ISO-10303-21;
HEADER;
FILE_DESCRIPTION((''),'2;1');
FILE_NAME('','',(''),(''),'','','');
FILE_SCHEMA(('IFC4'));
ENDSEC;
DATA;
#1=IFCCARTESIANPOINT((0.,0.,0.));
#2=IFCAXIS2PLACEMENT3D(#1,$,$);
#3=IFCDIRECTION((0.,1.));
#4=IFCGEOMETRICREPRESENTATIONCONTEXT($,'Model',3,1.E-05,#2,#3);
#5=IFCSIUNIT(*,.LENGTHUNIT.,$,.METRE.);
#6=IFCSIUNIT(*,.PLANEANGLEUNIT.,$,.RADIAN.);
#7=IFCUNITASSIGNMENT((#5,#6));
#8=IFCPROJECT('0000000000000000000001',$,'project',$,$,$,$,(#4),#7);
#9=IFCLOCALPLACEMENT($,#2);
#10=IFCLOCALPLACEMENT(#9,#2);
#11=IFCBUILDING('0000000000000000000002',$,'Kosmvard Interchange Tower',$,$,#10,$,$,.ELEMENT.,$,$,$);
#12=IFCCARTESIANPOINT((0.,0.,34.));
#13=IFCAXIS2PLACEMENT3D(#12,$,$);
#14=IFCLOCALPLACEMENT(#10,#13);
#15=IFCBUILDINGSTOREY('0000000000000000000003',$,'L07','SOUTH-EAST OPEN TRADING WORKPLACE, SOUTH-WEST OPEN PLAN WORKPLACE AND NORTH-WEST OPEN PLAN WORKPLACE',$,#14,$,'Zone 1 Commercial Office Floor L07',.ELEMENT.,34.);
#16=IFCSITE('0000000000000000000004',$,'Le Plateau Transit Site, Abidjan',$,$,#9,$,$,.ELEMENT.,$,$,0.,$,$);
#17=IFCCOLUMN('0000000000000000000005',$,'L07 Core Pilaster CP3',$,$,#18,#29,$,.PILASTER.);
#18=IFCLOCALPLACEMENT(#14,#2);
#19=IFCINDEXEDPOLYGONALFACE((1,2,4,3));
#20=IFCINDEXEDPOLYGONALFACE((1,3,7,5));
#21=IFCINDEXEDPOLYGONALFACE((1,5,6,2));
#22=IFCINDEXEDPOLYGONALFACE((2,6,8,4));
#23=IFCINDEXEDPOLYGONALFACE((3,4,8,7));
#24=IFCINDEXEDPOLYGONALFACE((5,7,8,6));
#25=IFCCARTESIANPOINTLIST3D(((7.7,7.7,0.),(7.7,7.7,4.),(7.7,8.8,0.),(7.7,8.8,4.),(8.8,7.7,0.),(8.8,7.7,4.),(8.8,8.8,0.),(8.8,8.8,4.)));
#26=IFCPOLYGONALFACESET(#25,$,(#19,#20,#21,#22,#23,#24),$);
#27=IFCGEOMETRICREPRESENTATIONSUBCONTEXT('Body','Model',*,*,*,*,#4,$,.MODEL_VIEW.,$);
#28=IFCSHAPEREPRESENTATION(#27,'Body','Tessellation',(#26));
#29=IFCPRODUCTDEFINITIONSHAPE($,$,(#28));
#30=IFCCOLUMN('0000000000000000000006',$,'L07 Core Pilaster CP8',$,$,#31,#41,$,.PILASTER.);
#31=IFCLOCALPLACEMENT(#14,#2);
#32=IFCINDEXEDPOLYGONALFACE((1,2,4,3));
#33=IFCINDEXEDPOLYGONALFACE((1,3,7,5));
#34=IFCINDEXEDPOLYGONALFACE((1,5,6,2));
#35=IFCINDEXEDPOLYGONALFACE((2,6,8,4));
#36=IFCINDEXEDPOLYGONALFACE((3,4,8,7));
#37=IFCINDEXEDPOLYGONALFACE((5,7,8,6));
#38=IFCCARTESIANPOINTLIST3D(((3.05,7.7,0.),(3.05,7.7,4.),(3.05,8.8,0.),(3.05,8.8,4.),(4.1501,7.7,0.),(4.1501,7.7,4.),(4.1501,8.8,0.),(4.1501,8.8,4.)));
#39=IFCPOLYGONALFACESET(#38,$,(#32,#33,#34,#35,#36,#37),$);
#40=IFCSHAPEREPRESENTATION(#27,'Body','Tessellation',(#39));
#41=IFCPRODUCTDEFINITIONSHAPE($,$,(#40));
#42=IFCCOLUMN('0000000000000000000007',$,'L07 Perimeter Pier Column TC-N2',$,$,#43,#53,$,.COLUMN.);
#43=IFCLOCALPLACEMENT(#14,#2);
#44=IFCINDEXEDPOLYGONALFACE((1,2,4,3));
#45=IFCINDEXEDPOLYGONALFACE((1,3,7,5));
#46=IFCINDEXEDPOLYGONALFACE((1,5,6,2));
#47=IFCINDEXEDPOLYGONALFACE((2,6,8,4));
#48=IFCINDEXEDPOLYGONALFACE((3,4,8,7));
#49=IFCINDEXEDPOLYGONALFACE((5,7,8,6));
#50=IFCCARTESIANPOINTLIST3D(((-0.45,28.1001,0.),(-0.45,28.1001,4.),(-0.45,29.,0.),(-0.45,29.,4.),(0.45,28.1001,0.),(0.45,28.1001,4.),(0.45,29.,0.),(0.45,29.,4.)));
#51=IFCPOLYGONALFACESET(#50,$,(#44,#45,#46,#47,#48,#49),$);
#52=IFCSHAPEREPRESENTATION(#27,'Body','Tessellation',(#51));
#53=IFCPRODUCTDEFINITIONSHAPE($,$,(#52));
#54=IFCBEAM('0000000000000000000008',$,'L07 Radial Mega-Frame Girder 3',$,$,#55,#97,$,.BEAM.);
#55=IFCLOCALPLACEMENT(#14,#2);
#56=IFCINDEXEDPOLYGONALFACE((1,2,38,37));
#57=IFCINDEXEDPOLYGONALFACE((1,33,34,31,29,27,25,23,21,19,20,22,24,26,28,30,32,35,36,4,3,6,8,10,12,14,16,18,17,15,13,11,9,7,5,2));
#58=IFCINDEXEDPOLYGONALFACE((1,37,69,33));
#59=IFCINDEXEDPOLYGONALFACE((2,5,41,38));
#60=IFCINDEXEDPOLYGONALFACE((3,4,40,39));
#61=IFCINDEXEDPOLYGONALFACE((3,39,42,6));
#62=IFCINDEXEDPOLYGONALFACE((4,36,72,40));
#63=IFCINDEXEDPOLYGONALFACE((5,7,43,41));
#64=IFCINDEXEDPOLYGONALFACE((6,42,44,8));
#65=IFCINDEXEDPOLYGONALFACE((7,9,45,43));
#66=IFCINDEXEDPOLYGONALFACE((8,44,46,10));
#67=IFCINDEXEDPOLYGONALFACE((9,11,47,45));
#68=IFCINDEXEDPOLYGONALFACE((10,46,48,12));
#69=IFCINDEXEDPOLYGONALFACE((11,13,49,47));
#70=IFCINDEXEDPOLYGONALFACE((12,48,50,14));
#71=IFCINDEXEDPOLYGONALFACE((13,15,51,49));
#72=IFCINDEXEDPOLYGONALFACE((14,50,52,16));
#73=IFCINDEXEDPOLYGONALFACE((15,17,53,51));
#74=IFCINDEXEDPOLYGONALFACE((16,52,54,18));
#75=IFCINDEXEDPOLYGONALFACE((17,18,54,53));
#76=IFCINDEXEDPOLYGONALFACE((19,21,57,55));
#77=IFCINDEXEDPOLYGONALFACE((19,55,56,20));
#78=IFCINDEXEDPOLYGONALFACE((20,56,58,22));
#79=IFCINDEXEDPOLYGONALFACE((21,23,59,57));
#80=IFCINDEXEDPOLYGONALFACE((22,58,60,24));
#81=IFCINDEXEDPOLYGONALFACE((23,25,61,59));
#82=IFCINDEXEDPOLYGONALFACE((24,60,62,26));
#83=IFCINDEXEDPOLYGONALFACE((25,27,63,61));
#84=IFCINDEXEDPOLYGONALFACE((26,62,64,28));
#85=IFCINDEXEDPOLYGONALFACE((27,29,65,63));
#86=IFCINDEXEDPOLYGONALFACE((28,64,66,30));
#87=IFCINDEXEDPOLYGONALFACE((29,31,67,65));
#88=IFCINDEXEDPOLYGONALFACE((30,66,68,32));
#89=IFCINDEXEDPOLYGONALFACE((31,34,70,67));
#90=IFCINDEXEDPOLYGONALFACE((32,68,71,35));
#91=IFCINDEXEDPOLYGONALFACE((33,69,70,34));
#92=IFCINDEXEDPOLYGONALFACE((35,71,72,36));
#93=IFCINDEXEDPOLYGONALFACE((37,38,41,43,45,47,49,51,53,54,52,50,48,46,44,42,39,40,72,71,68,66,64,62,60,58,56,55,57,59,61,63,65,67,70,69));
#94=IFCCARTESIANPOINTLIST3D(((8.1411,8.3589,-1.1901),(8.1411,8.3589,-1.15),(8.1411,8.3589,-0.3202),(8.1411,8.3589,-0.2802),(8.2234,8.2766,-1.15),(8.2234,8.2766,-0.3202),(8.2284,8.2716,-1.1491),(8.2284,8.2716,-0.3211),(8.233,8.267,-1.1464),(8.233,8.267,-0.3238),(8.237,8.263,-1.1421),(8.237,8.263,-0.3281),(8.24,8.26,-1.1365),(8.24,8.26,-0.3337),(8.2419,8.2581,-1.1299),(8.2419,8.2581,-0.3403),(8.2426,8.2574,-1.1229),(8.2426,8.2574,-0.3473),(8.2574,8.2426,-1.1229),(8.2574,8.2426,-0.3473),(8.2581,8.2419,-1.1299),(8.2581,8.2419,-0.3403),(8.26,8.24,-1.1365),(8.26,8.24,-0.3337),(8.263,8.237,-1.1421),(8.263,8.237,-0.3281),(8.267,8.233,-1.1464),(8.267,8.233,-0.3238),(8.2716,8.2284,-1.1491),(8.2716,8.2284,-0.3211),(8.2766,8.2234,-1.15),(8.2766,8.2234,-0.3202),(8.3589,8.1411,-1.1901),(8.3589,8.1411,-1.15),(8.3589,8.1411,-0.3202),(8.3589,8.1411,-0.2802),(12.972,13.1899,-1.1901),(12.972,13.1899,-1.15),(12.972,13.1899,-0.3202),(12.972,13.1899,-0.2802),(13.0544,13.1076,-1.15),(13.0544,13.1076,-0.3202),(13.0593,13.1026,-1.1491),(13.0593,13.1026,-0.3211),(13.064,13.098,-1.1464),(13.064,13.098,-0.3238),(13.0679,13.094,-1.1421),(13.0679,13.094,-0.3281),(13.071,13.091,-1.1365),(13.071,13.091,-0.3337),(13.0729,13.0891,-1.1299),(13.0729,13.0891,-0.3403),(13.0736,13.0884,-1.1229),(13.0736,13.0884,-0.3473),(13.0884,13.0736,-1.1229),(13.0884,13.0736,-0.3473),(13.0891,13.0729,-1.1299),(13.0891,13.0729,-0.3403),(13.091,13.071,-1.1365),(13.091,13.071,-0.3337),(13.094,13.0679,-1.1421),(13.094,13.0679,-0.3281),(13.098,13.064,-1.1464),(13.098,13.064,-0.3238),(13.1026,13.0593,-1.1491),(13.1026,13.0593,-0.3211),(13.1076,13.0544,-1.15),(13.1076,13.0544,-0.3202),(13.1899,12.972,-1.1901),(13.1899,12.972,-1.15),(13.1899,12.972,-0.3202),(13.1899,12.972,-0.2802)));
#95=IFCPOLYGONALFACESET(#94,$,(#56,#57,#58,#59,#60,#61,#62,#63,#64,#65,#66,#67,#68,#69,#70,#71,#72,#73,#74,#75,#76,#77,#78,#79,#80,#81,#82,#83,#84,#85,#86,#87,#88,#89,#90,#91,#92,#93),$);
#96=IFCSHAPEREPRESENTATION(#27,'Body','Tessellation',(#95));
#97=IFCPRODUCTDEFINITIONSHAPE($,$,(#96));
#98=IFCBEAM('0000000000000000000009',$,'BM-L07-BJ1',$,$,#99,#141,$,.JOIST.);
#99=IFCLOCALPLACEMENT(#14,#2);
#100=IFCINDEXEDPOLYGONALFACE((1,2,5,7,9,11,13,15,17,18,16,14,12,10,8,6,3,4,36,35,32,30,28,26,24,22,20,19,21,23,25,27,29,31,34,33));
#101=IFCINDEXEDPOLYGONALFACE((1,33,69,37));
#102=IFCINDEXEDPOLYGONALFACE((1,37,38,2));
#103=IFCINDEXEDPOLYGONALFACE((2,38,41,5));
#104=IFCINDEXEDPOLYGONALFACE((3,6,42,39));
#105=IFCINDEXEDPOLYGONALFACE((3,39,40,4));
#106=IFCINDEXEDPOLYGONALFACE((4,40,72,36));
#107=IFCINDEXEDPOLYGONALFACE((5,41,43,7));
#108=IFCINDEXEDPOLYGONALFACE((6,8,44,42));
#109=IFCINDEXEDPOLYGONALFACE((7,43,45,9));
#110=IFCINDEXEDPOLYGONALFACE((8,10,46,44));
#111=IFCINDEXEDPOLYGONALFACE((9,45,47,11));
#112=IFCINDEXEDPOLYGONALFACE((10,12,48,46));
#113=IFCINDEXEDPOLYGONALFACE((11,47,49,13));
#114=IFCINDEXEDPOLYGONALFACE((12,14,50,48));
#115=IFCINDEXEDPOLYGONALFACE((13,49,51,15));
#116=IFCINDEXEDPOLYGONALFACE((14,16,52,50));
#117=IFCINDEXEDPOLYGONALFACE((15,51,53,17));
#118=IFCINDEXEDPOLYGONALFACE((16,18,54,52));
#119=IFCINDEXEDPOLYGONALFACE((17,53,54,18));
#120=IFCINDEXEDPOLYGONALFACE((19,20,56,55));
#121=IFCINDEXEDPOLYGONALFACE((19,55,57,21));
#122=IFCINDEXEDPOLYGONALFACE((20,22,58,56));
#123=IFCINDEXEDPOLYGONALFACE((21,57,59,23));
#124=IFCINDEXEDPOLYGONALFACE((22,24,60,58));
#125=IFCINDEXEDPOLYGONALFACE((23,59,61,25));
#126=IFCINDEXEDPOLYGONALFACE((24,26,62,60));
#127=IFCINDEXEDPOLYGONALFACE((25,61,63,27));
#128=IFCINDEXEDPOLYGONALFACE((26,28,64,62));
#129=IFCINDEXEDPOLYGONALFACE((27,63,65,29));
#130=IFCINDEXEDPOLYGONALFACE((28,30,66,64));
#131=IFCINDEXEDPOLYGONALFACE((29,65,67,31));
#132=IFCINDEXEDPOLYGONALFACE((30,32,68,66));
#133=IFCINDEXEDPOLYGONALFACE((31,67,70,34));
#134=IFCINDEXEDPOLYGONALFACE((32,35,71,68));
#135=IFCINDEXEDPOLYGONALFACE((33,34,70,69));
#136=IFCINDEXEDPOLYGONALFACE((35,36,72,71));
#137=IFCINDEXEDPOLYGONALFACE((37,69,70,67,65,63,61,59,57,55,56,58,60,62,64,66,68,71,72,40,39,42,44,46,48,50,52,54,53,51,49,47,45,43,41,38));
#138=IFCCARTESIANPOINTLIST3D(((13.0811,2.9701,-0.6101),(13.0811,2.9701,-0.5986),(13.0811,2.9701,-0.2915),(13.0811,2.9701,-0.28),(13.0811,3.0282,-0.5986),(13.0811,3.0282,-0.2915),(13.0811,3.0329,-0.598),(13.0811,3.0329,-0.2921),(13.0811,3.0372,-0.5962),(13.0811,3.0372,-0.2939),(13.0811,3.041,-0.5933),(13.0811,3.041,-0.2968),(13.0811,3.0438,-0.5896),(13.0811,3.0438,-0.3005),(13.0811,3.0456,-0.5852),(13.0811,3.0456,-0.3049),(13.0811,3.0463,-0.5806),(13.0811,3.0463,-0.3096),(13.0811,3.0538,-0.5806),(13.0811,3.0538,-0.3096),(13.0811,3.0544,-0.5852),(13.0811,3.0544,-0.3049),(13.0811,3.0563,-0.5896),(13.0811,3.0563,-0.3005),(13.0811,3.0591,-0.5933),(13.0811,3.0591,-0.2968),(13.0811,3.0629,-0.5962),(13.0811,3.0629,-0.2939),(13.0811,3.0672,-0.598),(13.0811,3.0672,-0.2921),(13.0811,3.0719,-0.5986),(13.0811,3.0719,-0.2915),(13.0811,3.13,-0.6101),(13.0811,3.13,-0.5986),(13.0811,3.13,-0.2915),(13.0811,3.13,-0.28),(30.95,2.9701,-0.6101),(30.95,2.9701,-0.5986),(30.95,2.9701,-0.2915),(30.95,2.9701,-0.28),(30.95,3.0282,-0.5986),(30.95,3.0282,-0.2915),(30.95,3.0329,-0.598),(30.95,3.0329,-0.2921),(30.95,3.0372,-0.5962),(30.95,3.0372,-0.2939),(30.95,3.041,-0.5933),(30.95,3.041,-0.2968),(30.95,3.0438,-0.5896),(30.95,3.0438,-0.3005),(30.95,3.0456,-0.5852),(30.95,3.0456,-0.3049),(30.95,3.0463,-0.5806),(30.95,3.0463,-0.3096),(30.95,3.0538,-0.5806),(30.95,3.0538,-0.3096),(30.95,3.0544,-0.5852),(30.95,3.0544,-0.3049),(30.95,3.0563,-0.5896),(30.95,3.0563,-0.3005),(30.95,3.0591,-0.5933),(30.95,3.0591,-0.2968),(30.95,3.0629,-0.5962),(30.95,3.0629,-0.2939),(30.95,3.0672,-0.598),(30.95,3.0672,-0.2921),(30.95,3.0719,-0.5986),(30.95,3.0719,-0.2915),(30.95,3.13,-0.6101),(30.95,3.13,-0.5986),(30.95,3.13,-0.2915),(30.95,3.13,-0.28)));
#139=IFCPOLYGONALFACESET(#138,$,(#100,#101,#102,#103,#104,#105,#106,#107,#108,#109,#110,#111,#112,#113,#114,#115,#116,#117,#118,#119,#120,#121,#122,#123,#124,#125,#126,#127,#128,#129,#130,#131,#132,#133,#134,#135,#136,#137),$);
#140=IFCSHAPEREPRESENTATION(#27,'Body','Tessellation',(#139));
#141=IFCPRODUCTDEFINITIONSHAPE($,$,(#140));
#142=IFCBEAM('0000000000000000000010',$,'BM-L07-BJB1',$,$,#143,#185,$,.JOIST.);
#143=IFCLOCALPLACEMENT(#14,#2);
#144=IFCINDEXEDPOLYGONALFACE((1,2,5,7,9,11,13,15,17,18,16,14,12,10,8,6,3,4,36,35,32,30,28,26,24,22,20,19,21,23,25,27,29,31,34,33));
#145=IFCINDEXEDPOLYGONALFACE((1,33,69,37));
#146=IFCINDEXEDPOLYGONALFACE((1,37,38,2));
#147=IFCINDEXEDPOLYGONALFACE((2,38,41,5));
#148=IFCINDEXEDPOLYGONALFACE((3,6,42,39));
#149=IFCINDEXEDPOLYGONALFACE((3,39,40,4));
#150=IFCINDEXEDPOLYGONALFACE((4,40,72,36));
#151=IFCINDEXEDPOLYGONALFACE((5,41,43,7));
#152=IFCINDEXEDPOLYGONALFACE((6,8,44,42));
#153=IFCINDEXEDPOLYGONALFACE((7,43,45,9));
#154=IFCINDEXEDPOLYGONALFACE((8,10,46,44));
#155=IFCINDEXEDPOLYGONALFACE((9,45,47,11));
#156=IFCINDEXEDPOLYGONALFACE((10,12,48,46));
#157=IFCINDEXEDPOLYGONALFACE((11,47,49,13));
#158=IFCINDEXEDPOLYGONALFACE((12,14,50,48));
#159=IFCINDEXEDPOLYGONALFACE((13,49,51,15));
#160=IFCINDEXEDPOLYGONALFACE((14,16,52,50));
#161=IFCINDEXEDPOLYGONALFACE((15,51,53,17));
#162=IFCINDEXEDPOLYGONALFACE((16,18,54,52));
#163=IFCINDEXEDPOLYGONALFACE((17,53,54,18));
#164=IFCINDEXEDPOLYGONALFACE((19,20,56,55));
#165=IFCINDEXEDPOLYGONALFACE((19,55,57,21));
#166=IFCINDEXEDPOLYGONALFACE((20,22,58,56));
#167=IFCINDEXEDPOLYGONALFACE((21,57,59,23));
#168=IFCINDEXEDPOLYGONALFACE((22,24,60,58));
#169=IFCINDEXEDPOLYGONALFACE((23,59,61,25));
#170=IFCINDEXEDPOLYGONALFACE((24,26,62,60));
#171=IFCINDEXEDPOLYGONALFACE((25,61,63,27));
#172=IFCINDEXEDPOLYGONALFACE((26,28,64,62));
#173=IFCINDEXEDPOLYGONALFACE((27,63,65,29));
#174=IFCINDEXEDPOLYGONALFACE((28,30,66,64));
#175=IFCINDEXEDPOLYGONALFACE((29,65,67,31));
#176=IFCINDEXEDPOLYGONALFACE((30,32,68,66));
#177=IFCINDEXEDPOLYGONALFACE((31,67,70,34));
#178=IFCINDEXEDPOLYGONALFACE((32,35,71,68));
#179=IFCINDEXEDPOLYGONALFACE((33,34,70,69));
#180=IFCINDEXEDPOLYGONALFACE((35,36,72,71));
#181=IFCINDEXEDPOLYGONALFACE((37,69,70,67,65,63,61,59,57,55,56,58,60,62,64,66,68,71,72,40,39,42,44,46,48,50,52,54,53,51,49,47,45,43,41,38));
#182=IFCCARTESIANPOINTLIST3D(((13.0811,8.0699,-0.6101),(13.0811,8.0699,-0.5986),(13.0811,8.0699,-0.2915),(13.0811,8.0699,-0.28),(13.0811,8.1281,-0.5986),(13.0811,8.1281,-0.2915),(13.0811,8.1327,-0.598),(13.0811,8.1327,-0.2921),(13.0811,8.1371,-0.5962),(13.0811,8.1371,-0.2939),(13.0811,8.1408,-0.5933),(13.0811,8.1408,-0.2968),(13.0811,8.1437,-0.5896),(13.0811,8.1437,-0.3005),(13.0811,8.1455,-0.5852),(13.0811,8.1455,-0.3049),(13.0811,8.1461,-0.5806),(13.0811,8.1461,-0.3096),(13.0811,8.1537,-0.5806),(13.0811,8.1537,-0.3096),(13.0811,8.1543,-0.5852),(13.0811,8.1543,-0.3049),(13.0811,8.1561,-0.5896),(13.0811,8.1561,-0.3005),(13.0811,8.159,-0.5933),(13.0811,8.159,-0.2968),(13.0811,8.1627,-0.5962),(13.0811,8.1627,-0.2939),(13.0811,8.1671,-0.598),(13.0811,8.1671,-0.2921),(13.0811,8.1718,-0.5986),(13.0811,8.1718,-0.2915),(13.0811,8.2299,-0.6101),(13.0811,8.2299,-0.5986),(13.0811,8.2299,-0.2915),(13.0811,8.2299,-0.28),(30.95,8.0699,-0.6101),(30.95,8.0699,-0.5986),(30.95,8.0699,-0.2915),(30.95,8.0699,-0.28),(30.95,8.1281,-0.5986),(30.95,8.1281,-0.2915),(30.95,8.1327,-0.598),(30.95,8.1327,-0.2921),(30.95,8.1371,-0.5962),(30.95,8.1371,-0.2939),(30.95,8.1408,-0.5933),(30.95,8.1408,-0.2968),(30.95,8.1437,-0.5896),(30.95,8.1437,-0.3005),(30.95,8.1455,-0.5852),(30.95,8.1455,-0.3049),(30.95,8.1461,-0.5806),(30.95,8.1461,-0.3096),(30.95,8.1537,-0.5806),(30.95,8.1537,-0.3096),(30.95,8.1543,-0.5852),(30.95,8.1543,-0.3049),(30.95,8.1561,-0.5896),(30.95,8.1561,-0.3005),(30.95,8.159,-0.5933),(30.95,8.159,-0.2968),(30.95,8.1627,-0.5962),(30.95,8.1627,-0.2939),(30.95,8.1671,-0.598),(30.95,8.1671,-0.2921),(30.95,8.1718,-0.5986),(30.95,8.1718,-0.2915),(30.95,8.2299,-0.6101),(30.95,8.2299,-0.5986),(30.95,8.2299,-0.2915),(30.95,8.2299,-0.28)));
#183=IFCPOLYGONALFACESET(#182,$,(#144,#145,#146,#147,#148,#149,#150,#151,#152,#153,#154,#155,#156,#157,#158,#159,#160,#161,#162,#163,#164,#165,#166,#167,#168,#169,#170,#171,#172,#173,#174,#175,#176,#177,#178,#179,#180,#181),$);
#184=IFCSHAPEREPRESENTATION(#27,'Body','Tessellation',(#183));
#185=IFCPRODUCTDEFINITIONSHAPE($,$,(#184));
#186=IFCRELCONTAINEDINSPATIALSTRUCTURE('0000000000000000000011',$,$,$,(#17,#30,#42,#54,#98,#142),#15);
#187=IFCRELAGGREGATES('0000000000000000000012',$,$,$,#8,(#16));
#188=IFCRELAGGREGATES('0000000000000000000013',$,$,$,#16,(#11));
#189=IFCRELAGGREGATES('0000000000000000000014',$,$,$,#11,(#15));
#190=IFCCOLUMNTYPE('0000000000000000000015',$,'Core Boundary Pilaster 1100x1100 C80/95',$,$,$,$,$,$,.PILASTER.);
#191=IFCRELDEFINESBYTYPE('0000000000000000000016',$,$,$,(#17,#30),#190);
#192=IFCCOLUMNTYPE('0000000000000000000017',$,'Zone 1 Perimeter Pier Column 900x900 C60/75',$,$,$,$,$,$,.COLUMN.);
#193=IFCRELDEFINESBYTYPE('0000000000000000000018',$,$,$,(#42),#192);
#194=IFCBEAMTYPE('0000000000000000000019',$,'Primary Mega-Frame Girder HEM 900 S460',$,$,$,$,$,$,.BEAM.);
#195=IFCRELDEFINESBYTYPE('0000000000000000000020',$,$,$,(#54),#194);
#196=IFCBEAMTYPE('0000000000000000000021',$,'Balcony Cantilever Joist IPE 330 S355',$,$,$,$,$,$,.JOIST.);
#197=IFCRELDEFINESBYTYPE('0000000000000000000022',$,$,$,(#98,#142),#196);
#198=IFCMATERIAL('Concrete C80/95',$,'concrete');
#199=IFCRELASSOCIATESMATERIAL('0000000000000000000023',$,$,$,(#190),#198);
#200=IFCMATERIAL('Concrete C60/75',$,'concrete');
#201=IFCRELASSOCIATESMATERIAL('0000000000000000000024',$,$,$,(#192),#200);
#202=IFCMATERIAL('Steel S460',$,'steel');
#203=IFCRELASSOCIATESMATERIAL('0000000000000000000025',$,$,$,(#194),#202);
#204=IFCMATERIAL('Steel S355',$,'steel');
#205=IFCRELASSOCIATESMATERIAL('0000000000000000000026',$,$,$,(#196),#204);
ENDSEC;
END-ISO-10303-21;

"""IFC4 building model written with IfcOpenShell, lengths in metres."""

from ifc_helpers import new_model, si_unit, direction, frame, origin, origin_2d, place, context, subcontext, project, spatial, rectangle, i_section, extrude, source, transform, mapped, material, material_profile, profile_set, type_object, element, save


model = new_model("IFC4")

# Units and contexts
model_context = context("Model", 3, precision=1e-05, world=origin(), true_north=direction((0.0, 1.0)))
body_context = subcontext(model_context, "Body", "Model", "MODEL_VIEW")
ifc_project = project(units=[si_unit("LENGTHUNIT", "METRE"), si_unit("PLANEANGLEUNIT", "RADIAN")], contexts=[model_context])

# Site, building, storey
site_placement = place(None, origin())
site = spatial("IfcSite", under=ifc_project, at=site_placement, Name="Le Plateau Transit Site, Abidjan", CompositionType="ELEMENT", RefElevation=0.0)
building_placement = place(site_placement, origin())
building = spatial("IfcBuilding", under=site, at=building_placement, Name="Kosmvard Interchange Tower", CompositionType="ELEMENT")
storey_placement = place(building_placement, frame((0.0, 0.0, 34.0)))
storey = spatial("IfcBuildingStorey", under=building, at=storey_placement, Name="L07", Description="SOUTH-EAST OPEN TRADING WORKPLACE, SOUTH-WEST OPEN PLAN WORKPLACE AND NORTH-WEST OPEN PLAN WORKPLACE", LongName="Zone 1 Commercial Office Floor L07", CompositionType="ELEMENT", Elevation=34.0)

# Columns
ifc_material_1 = material(Name="Concrete C80/95", Category="concrete")
ifc_material_profile_1 = material_profile(ifc_material_1, rectangle(XDim=1.1001, YDim=1.1001, at=origin_2d()), Name="CP 1100x1100")
ifc_profile_set_1 = profile_set([ifc_material_profile_1], Name="Concrete C80/95")
column_type_1 = type_object("IfcColumnType", Name="Core Boundary Pilaster 1100x1100 C80/95", PredefinedType="PILASTER", material=ifc_profile_set_1)
shared_shape_1 = source(origin(), body_context, "Body", "SweptSolid", [
    extrude(rectangle(XDim=1.1001, YDim=1.1001, at=origin_2d()), origin(), (0.0, 0.0, 1.0), 4.0),
])
for number, where, z_axis, x_axis, name in (
    (1, (8.25, 8.25, 0.0), (0.0, 0.0, 1.0), (1.0, 0.0, 0.0), "L07 Core Pilaster CP3"),
    (2, (3.6001, 8.25, 0.0), (0.0, 0.0, 1.0), (1.0, 0.0, 0.0), "L07 Core Pilaster CP8"),
):
    element("IfcColumn", number, at=place(storey_placement, frame(where, z_axis=z_axis, x_axis=x_axis)), inside=storey, type_object=column_type_1, Name=name, PredefinedType="PILASTER", context=body_context, shape_type="MappedRepresentation", body=[
        mapped(shared_shape_1, transform((0.0, 0.0, 0.0), scale=1.0)),
    ])
ifc_material_2 = material(Name="Concrete C60/75", Category="concrete")
ifc_material_profile_2 = material_profile(ifc_material_2, rectangle(XDim=0.8999, YDim=0.8999, at=origin_2d()), Name="TC 900x900")
ifc_profile_set_2 = profile_set([ifc_material_profile_2], Name="Concrete C60/75")
column_type_2 = type_object("IfcColumnType", Name="Zone 1 Perimeter Pier Column 900x900 C60/75", PredefinedType="COLUMN", material=ifc_profile_set_2)
shared_shape_2 = source(origin(), body_context, "Body", "SweptSolid", [
    extrude(rectangle(XDim=0.8999, YDim=0.8999, at=origin_2d()), origin(), (0.0, 0.0, 1.0), 4.0),
])
column_placement = place(storey_placement, frame((0.0, 28.55, 0.0), z_axis=(0.0, 0.0, 1.0), x_axis=(1.0, 0.0, 0.0)))
element("IfcColumn", 3, at=column_placement, inside=storey, type_object=column_type_2, Name="L07 Perimeter Pier Column TC-N2", PredefinedType="COLUMN", context=body_context, shape_type="MappedRepresentation", body=[
    mapped(shared_shape_2, transform((0.0, 0.0, 0.0), scale=1.0)),
])

# Beams
ifc_material_3 = material(Name="Steel S460", Category="steel")
ifc_material_profile_3 = material_profile(ifc_material_3, i_section(OverallWidth=0.3081, OverallDepth=0.9099, WebThickness=0.021, FlangeThickness=0.04, FilletRadius=0.0271, at=origin_2d()), Name="HEM 900")
ifc_profile_set_3 = profile_set([ifc_material_profile_3], Name="Steel S460")
beam_type_1 = type_object("IfcBeamType", Name="Primary Mega-Frame Girder HEM 900 S460", PredefinedType="BEAM", material=ifc_profile_set_3)
shared_shape_3 = source(origin(), body_context, "Body", "SweptSolid", [
    extrude(i_section(OverallWidth=0.3081, OverallDepth=0.9099, WebThickness=0.021, FlangeThickness=0.04, FilletRadius=0.0271, at=origin_2d()), origin(), (0.0, 0.0, 1.0), 6.832),
])
beam_1_placement = place(storey_placement, frame((8.25, 8.25, -0.7351), z_axis=(0.707107, 0.707107, 0.0), x_axis=(-0.707107, 0.707107, 0.0)))
element("IfcBeam", 4, at=beam_1_placement, inside=storey, type_object=beam_type_1, Name="L07 Radial Mega-Frame Girder 3", PredefinedType="BEAM", context=body_context, shape_type="MappedRepresentation", body=[
    mapped(shared_shape_3, transform((0.0, 0.0, 0.0), scale=1.0)),
])
ifc_material_4 = material(Name="Steel S355", Category="steel")
ifc_material_profile_4 = material_profile(ifc_material_4, i_section(OverallWidth=0.1599, OverallDepth=0.3301, WebThickness=0.0076, FlangeThickness=0.0115, FilletRadius=0.0181, at=origin_2d()), Name="IPE 330")
ifc_profile_set_4 = profile_set([ifc_material_profile_4], Name="Steel S355")
beam_type_2 = type_object("IfcBeamType", Name="Balcony Cantilever Joist IPE 330 S355", PredefinedType="JOIST", material=ifc_profile_set_4)
shared_shape_4 = source(origin(), body_context, "Body", "SweptSolid", [
    extrude(i_section(OverallWidth=0.1599, OverallDepth=0.3301, WebThickness=0.0076, FlangeThickness=0.0115, FilletRadius=0.0181, at=origin_2d()), origin(), (0.0, 0.0, 1.0), 17.8689),
])
for number, where, z_axis, x_axis, name in (
    (5, (13.0811, 3.05, -0.4451), (1.0, 0.0, 0.0), (0.0, 1.0, 0.0), "BM-L07-BJ1"),
    (6, (13.0811, 8.1499, -0.4451), (1.0, 0.0, 0.0), (0.0, 1.0, 0.0), "BM-L07-BJB1"),
):
    element("IfcBeam", number, at=place(storey_placement, frame(where, z_axis=z_axis, x_axis=x_axis)), inside=storey, type_object=beam_type_2, Name=name, PredefinedType="JOIST", context=body_context, shape_type="MappedRepresentation", body=[
        mapped(shared_shape_4, transform((0.0, 0.0, 0.0), scale=1.0)),
    ])

save(model, "model.ifc")
